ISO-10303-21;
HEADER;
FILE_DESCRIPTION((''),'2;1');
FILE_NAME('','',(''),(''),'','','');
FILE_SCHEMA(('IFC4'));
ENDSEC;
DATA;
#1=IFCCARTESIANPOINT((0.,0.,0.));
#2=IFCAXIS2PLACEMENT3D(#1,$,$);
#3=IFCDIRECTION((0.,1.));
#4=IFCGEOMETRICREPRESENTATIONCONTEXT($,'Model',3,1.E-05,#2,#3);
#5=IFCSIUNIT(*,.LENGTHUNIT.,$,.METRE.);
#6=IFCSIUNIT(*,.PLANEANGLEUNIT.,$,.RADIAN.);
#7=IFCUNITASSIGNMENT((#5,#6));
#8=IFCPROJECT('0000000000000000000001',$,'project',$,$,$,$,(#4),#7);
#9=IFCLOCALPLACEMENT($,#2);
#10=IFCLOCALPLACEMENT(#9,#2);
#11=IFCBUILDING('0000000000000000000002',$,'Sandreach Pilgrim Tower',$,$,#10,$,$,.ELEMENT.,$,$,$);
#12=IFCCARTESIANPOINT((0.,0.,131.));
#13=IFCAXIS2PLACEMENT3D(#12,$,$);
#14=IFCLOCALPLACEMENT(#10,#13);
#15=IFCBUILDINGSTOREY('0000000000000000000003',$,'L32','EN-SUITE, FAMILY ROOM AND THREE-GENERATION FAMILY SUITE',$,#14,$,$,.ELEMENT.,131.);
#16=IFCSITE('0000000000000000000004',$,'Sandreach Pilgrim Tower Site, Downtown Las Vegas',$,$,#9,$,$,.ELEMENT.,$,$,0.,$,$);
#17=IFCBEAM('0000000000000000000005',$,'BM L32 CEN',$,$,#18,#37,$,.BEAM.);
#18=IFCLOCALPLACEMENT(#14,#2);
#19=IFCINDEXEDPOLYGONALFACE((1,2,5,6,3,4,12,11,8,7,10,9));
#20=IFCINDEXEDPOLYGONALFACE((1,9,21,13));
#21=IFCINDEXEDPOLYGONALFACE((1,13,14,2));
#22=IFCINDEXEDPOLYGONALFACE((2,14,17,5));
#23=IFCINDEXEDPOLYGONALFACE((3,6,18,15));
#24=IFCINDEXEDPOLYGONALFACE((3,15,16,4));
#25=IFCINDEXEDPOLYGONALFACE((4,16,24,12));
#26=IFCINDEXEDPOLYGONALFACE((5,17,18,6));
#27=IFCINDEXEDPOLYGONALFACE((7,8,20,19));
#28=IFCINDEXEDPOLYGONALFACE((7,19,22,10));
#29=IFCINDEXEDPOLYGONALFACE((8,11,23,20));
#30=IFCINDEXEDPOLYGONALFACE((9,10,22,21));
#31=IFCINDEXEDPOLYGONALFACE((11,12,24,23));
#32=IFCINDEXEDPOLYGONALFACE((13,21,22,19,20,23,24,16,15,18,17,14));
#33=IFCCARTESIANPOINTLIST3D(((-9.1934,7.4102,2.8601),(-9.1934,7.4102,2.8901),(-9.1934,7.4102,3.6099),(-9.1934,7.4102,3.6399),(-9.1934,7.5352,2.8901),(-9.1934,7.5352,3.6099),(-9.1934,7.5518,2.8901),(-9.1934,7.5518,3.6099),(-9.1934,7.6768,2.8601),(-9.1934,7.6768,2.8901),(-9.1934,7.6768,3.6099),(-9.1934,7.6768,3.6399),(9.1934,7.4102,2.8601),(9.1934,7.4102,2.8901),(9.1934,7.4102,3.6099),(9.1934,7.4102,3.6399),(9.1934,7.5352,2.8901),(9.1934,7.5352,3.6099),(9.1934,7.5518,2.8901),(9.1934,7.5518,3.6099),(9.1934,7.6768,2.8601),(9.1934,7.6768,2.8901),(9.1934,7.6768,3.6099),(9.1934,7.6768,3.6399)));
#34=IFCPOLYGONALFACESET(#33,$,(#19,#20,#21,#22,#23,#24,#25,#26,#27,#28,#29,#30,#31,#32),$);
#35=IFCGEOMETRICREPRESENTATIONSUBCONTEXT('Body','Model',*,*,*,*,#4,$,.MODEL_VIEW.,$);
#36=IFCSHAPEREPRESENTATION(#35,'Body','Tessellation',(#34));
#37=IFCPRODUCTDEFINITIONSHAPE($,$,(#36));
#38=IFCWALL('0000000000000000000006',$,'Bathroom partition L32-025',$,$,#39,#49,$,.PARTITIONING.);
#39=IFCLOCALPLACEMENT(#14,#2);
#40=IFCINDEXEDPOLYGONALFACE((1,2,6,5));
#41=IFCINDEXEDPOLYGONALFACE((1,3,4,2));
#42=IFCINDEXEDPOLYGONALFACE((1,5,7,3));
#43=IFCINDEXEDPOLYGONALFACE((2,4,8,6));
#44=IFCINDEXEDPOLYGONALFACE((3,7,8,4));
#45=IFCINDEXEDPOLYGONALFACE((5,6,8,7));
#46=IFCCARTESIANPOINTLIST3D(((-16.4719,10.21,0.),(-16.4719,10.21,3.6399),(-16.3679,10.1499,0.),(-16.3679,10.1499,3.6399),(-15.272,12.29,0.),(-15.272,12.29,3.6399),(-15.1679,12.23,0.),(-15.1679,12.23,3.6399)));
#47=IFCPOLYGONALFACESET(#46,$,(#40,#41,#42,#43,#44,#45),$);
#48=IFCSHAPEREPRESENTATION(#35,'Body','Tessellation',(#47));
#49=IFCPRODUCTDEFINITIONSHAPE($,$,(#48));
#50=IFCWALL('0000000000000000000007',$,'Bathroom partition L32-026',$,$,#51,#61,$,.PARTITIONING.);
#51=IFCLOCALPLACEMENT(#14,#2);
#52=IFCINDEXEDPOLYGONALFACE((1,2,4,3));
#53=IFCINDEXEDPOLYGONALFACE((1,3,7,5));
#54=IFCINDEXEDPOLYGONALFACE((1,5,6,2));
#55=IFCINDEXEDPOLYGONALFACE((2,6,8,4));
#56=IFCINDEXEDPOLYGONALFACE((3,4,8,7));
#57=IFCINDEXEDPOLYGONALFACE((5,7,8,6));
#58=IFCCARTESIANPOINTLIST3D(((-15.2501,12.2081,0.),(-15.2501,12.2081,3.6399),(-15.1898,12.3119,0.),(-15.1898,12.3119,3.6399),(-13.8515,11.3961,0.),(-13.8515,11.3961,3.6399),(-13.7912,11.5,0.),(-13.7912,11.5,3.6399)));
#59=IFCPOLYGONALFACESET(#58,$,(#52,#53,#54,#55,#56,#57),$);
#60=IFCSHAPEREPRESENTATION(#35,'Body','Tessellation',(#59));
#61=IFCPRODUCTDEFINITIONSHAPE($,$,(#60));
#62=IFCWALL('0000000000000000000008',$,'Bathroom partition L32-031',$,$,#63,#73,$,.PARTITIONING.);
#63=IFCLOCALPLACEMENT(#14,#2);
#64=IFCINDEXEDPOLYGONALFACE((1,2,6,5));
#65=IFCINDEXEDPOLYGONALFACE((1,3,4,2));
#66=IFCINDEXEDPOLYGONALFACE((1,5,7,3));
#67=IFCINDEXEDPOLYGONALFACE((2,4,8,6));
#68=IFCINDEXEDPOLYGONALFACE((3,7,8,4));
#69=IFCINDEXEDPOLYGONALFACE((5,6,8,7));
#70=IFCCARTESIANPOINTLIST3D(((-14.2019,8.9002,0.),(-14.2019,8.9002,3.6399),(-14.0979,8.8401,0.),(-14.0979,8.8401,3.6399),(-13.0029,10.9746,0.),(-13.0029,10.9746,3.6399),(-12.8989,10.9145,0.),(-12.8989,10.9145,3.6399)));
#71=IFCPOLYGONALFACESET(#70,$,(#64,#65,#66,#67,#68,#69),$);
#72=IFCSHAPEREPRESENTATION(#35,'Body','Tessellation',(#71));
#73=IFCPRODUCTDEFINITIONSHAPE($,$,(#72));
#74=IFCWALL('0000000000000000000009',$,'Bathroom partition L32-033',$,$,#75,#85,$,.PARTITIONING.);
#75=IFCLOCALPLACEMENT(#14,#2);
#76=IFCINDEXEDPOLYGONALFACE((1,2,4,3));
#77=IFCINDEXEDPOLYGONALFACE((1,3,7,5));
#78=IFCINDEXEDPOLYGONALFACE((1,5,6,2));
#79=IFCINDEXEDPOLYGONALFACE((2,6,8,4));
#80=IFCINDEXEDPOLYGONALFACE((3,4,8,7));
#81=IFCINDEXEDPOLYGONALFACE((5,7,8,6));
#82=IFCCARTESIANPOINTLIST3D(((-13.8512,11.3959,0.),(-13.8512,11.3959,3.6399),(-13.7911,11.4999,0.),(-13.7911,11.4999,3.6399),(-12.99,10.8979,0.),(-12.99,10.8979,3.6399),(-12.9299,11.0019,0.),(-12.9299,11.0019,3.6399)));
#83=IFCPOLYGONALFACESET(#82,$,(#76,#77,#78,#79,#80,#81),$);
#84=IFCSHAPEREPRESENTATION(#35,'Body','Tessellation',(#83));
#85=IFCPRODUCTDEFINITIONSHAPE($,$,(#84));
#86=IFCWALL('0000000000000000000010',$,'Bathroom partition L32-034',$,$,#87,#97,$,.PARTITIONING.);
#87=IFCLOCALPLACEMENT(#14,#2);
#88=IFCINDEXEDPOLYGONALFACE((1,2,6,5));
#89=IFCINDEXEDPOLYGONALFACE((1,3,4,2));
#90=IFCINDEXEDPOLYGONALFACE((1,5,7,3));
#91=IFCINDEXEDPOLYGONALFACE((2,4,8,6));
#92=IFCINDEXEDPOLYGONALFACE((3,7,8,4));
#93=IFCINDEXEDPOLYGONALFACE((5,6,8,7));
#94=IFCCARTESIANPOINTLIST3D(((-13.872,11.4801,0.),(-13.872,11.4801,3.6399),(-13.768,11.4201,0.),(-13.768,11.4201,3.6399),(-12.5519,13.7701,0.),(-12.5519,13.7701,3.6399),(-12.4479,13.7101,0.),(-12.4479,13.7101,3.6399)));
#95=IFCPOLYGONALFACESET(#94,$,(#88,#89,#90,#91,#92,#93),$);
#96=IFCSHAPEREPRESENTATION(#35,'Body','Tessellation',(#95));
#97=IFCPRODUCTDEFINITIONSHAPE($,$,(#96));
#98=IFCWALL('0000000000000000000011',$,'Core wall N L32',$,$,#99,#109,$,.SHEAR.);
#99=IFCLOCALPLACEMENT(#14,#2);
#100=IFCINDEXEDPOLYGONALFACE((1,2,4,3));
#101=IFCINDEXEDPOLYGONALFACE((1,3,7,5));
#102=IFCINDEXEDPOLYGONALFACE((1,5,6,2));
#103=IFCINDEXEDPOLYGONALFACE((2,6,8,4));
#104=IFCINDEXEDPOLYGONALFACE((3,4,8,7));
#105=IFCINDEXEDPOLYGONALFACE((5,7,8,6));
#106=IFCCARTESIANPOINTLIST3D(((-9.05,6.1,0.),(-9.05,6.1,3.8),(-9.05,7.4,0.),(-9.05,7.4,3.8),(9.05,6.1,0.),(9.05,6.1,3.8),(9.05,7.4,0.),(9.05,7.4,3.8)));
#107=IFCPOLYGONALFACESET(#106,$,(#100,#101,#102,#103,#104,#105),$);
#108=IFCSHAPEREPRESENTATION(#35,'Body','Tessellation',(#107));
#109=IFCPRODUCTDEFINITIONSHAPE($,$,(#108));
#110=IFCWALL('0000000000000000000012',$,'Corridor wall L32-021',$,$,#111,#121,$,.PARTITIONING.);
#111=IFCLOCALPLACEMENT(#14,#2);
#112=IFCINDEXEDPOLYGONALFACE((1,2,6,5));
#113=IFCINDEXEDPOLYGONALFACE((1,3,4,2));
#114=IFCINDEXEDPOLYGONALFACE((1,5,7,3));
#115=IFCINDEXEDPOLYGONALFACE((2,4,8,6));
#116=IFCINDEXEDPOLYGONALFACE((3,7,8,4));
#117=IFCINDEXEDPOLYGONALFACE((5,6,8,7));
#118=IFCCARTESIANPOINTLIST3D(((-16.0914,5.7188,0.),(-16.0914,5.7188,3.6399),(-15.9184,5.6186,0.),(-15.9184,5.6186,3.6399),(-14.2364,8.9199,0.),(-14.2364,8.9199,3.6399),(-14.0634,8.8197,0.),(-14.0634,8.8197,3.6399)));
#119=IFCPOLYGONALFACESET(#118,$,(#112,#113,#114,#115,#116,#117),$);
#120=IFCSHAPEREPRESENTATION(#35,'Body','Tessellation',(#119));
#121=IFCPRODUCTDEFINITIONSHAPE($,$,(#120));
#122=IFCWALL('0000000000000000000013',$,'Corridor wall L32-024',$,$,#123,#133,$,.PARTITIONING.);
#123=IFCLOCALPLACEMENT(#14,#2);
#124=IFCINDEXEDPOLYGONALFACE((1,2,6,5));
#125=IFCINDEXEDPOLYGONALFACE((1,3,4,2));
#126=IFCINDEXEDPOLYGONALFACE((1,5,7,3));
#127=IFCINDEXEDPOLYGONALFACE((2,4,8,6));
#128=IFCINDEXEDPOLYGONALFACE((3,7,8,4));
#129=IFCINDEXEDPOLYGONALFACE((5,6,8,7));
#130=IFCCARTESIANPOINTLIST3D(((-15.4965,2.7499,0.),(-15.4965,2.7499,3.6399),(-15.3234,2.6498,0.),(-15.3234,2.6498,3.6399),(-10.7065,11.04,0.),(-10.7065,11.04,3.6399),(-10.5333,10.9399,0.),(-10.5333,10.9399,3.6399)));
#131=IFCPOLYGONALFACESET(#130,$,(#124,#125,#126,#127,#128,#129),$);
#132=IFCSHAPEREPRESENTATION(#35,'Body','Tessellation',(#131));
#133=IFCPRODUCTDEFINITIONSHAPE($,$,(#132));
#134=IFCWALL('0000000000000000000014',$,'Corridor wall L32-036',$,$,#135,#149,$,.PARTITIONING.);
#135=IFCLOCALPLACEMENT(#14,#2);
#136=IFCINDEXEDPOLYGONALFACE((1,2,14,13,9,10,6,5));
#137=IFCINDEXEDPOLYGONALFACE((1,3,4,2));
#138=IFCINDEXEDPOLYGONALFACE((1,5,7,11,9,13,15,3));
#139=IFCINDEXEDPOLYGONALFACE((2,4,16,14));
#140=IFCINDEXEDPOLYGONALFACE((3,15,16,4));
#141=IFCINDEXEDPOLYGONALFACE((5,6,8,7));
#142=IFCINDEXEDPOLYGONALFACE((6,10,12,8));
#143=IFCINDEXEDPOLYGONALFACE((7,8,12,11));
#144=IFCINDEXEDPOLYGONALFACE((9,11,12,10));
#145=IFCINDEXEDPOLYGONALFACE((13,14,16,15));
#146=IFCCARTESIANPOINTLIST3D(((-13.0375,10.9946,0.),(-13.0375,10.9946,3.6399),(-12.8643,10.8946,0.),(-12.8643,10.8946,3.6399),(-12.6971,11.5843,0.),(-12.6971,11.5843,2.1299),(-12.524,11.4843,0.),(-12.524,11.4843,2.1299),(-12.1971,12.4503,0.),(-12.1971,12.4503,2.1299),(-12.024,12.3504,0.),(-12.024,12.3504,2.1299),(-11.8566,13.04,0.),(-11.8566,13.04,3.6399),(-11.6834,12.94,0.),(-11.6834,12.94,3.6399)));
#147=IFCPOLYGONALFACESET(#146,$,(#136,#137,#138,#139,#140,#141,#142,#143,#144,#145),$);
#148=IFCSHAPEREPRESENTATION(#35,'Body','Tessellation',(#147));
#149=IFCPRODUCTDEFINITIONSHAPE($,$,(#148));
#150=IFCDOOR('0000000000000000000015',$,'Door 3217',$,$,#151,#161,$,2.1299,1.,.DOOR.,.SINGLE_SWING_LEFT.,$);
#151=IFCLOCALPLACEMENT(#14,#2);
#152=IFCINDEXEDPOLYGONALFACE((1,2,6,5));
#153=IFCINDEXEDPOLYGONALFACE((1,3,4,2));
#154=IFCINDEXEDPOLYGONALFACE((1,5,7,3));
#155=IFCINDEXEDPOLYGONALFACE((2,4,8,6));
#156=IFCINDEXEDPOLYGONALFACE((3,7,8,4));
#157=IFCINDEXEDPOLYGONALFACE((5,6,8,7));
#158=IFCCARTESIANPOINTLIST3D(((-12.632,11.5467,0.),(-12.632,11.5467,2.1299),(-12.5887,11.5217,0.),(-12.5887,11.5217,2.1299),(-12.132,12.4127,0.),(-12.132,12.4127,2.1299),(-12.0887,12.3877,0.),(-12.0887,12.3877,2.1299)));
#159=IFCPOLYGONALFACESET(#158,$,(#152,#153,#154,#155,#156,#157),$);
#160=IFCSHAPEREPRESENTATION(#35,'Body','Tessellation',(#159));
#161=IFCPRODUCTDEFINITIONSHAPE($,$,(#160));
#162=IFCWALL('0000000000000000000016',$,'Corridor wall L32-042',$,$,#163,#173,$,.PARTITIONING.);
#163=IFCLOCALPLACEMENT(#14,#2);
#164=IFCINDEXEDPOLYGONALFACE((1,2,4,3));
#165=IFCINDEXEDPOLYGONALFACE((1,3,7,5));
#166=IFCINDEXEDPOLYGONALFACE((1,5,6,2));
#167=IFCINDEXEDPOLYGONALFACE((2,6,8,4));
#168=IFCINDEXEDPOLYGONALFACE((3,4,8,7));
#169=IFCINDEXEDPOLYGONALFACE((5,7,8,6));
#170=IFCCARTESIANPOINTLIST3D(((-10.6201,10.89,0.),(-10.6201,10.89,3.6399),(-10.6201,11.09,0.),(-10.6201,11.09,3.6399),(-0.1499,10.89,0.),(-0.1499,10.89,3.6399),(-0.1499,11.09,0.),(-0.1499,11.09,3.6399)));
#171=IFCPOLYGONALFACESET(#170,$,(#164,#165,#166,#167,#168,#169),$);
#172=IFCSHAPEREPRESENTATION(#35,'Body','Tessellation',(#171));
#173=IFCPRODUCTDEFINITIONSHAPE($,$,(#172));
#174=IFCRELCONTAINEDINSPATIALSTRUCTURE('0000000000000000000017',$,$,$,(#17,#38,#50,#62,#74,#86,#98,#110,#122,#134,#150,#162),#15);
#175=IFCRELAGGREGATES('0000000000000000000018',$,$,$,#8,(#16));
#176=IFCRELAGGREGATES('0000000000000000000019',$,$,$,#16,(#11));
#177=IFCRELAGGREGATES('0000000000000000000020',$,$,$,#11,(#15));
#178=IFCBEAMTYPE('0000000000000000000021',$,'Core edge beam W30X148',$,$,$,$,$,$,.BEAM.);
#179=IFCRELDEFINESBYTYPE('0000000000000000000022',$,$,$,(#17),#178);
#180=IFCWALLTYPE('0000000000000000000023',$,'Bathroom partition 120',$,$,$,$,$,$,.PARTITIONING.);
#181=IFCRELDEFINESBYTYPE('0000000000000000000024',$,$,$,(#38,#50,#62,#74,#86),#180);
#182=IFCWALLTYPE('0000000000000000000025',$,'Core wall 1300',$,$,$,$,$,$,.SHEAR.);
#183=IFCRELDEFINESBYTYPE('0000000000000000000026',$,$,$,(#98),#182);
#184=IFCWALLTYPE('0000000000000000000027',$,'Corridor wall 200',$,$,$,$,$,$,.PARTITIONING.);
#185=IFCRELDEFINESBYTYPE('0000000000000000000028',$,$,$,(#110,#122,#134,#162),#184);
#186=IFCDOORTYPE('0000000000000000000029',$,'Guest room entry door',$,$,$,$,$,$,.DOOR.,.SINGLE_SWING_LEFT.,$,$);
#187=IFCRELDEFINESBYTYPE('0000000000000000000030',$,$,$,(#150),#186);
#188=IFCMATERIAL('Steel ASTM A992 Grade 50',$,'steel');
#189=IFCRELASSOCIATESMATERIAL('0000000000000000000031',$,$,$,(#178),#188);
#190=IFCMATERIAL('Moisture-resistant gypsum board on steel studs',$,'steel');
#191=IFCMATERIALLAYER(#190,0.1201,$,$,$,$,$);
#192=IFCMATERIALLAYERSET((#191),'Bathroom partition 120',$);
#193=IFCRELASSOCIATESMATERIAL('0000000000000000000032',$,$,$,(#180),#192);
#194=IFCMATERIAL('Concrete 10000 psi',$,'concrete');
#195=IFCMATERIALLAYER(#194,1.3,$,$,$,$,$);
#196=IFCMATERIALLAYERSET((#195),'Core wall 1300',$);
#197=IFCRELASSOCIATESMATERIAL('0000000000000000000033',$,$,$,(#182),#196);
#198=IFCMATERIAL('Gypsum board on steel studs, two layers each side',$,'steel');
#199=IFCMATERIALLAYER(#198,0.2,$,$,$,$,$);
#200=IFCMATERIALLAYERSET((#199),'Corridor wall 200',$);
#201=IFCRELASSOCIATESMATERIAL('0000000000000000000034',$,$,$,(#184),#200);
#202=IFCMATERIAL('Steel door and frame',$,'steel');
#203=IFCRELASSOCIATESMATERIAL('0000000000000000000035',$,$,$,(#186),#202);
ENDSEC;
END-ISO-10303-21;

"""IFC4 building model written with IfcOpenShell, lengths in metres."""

from ifc_helpers import new_model, si_unit, direction, frame, frame_2d, origin, origin_2d, place, context, subcontext, project, spatial, rectangle, i_section, extrude, material, layer, layer_set, material_profile, profile_set, type_object, element, fill, save


model = new_model("IFC4")

# Units and contexts
model_context = context("Model", 3, precision=1e-05, world=origin(), true_north=direction((0.0, 1.0)))
body_context = subcontext(model_context, "Body", "Model", "MODEL_VIEW")
ifc_project = project(units=[si_unit("LENGTHUNIT", "METRE"), si_unit("PLANEANGLEUNIT", "RADIAN")], contexts=[model_context])

# Site, building, storey
site_placement = place(None, origin())
site = spatial("IfcSite", under=ifc_project, at=site_placement, Name="Sandreach Pilgrim Tower Site, Downtown Las Vegas", CompositionType="ELEMENT", RefElevation=0.0)
building_placement = place(site_placement, origin())
building = spatial("IfcBuilding", under=site, at=building_placement, Name="Sandreach Pilgrim Tower", CompositionType="ELEMENT")
storey_placement = place(building_placement, frame((0.0, 0.0, 131.0)))
storey = spatial("IfcBuildingStorey", under=building, at=storey_placement, Name="L32", Description="EN-SUITE, FAMILY ROOM AND THREE-GENERATION FAMILY SUITE", CompositionType="ELEMENT", Elevation=131.0)

# Beam
ifc_material_1 = material(Name="Steel ASTM A992 Grade 50", Category="steel")
ifc_material_profile = material_profile(ifc_material_1, i_section(OverallWidth=0.2666, OverallDepth=0.7798, WebThickness=0.0166, FlangeThickness=0.03, at=origin_2d()), Name="W30X148")
ifc_profile_set = profile_set([ifc_material_profile], Name="Steel ASTM A992 Grade 50")
beam_type = type_object("IfcBeamType", Name="Core edge beam W30X148", PredefinedType="BEAM", material=ifc_profile_set)
beam_placement = place(storey_placement, frame((-9.1934, 7.5435, 3.25), z_axis=(1.0, 0.0, 0.0), x_axis=(0.0, 1.0, 0.0)))
element("IfcBeam", 1, at=beam_placement, inside=storey, type_object=beam_type, Name="BM L32 CEN", PredefinedType="BEAM", context=body_context, shape_type="SweptSolid", body=[
    extrude(i_section(OverallWidth=0.2666, OverallDepth=0.7798, WebThickness=0.0166, FlangeThickness=0.03, at=origin_2d()), origin(), (0.0, 0.0, 1.0), 18.3867),
])

# Walls
ifc_material_2 = material(Name="Moisture-resistant gypsum board on steel studs", Category="steel")
ifc_layer_1 = layer(ifc_material_2, 0.1201)
ifc_layer_set_1 = layer_set([ifc_layer_1], Name="Bathroom partition 120")
wall_type_1 = type_object("IfcWallType", Name="Bathroom partition 120", PredefinedType="PARTITIONING", material=ifc_layer_set_1)
wall_1_placement = place(storey_placement, frame((-15.22, 12.26, 0.0), z_axis=(0.0, 0.0, 1.0), x_axis=(-0.499693, -0.866203, 0.0)))
element("IfcWall", 2, at=wall_1_placement, inside=storey, type_object=wall_type_1, Name="Bathroom partition L32-025", PredefinedType="PARTITIONING", context=body_context, shape_type="SweptSolid", body=[
    extrude(rectangle(XDim=2.4014, YDim=0.1201, at=frame_2d((1.2007, 0.0))), origin(), (0.0, 0.0, 1.0), 3.6399),
])
wall_2_placement = place(storey_placement, frame((-15.22, 12.26, 0.0), z_axis=(0.0, 0.0, 1.0), x_axis=(0.864823, -0.502077, 0.0)))
element("IfcWall", 3, at=wall_2_placement, inside=storey, type_object=wall_type_1, Name="Bathroom partition L32-026", PredefinedType="PARTITIONING", context=body_context, shape_type="SweptSolid", body=[
    extrude(rectangle(XDim=1.6172, YDim=0.1201, at=frame_2d((0.8086, 0.0))), origin(), (0.0, 0.0, 1.0), 3.6399),
])
wall_3_placement = place(storey_placement, frame((-14.1499, 8.8701, 0.0), z_axis=(0.0, 0.0, 1.0), x_axis=(0.500402, 0.865793, 0.0)))
element("IfcWall", 4, at=wall_3_placement, inside=storey, type_object=wall_type_1, Name="Bathroom partition L32-031", PredefinedType="PARTITIONING", context=body_context, shape_type="SweptSolid", body=[
    extrude(rectangle(XDim=2.396, YDim=0.1201, at=frame_2d((1.198, 0.0))), origin(), (0.0, 0.0, 1.0), 3.6399),
])
wall_4_placement = place(storey_placement, frame((-13.8213, 11.448, 0.0), z_axis=(0.0, 0.0, 1.0), x_axis=(0.865695, -0.500572, 0.0)))
element("IfcWall", 5, at=wall_4_placement, inside=storey, type_object=wall_type_1, Name="Bathroom partition L32-033", PredefinedType="PARTITIONING", context=body_context, shape_type="SweptSolid", body=[
    extrude(rectangle(XDim=0.9949, YDim=0.1201, at=frame_2d((0.4976, 0.0))), origin(), (0.0, 0.0, 1.0), 3.6399),
])
wall_5_placement = place(storey_placement, frame((-13.8201, 11.45, 0.0), z_axis=(0.0, 0.0, 1.0), x_axis=(0.499408, 0.866367, 0.0)))
element("IfcWall", 6, at=wall_5_placement, inside=storey, type_object=wall_type_1, Name="Bathroom partition L32-034", PredefinedType="PARTITIONING", context=body_context, shape_type="SweptSolid", body=[
    extrude(rectangle(XDim=2.6433, YDim=0.1201, at=frame_2d((1.3218, 0.0))), origin(), (0.0, 0.0, 1.0), 3.6399),
])

# Wall
ifc_material_3 = material(Name="Concrete 10000 psi", Category="concrete")
ifc_layer_2 = layer(ifc_material_3, 1.3)
ifc_layer_set_2 = layer_set([ifc_layer_2], Name="Core wall 1300")
wall_type_2 = type_object("IfcWallType", Name="Core wall 1300", PredefinedType="SHEAR", material=ifc_layer_set_2)
wall_6_placement = place(storey_placement, frame((-9.05, 6.75, 0.0), z_axis=(0.0, 0.0, 1.0), x_axis=(1.0, 0.0, 0.0)))
element("IfcWall", 7, at=wall_6_placement, inside=storey, type_object=wall_type_2, Name="Core wall N L32", PredefinedType="SHEAR", context=body_context, shape_type="SweptSolid", body=[
    extrude(rectangle(XDim=18.1001, YDim=1.3, at=frame_2d((9.05, 0.0))), origin(), (0.0, 0.0, 1.0), 3.8),
])

# Shared definitions
ifc_material_4 = material(Name="Gypsum board on steel studs, two layers each side", Category="steel")
ifc_layer_3 = layer(ifc_material_4, 0.2)
ifc_layer_set_3 = layer_set([ifc_layer_3], Name="Corridor wall 200")
wall_type_3 = type_object("IfcWallType", Name="Corridor wall 200", PredefinedType="PARTITIONING", material=ifc_layer_set_3)
ifc_material_5 = material(Name="Steel door and frame", Category="steel")
door_type_1 = type_object("IfcDoorType", Name="Guest room entry door", OperationType="SINGLE_SWING_LEFT", PredefinedType="DOOR", material=ifc_material_5)

# Walls
wall_7_placement = place(storey_placement, frame((-16.0049, 5.6687, 0.0), z_axis=(0.0, 0.0, 1.0), x_axis=(0.501374, 0.86523, 0.0)))
element("IfcWall", 8, at=wall_7_placement, inside=storey, type_object=wall_type_3, Name="Corridor wall L32-021", PredefinedType="PARTITIONING", context=body_context, shape_type="SweptSolid", body=[
    extrude(rectangle(XDim=3.6997, YDim=0.2, at=frame_2d((1.8499, 0.0))), origin(), (0.0, 0.0, 1.0), 3.6399),
])
wall_8_placement = place(storey_placement, frame((-15.4099, 2.7, 0.0), z_axis=(0.0, 0.0, 1.0), x_axis=(0.500296, 0.865854, 0.0)))
element("IfcWall", 9, at=wall_8_placement, inside=storey, type_object=wall_type_3, Name="Corridor wall L32-024", PredefinedType="PARTITIONING", context=body_context, shape_type="SweptSolid", body=[
    extrude(rectangle(XDim=9.5745, YDim=0.2, at=frame_2d((4.7871, 0.0))), origin(), (0.0, 0.0, 1.0), 3.6399),
])

# Wall, opening, door
wall_9_placement = place(storey_placement, frame((-12.9509, 10.9446, 0.0), z_axis=(0.0, 0.0, 1.0), x_axis=(0.499997, 0.866027, 0.0)))
wall_9 = element("IfcWall", 10, at=wall_9_placement, inside=storey, type_object=wall_type_3, Name="Corridor wall L32-036", PredefinedType="PARTITIONING", context=body_context, shape_type="SweptSolid", body=[
    extrude(rectangle(XDim=2.3618, YDim=0.2, at=frame_2d((1.1809, 0.0))), origin(), (0.0, 0.0, 1.0), 3.6399),
])
opening_1_placement = place(wall_9_placement, frame((0.6809, 0.0, 0.0)))
opening_1 = element("IfcOpeningElement", 11, at=opening_1_placement, cuts=wall_9, PredefinedType="OPENING", context=body_context, shape_type="SweptSolid", body=[
    extrude(rectangle(XDim=1.0, YDim=2.1299, at=frame_2d((0.5, 1.0649))), frame((0.0, 0.1001, 0.0), z_axis=(0.0, -1.0, 0.0), x_axis=(1.0, 0.0, 0.0)), (0.0, 0.0, 1.0), 0.2),
])
door_1_placement = place(opening_1_placement, origin())
door_1 = element("IfcDoor", 12, at=door_1_placement, inside=storey, type_object=door_type_1, Name="Door 3217", OperationType="SINGLE_SWING_LEFT", OverallHeight=2.1299, OverallWidth=1.0, PredefinedType="DOOR", context=body_context, shape_type="SweptSolid", body=[
    extrude(rectangle(XDim=1.0, YDim=2.1299, at=frame_2d((0.5, 1.0649))), frame((0.0, 0.0249, 0.0), z_axis=(0.0, -1.0, 0.0), x_axis=(1.0, 0.0, 0.0)), (0.0, 0.0, 1.0), 0.05),
])
fill(opening_1, door_1)

# Wall
wall_10_placement = place(storey_placement, frame((-10.6201, 10.99, 0.0), z_axis=(0.0, 0.0, 1.0), x_axis=(1.0, 0.0, 0.0)))
element("IfcWall", 13, at=wall_10_placement, inside=storey, type_object=wall_type_3, Name="Corridor wall L32-042", PredefinedType="PARTITIONING", context=body_context, shape_type="SweptSolid", body=[
    extrude(rectangle(XDim=10.4702, YDim=0.2, at=frame_2d((5.2351, 0.0))), origin(), (0.0, 0.0, 1.0), 3.6399),
])

save(model, "model.ifc")
